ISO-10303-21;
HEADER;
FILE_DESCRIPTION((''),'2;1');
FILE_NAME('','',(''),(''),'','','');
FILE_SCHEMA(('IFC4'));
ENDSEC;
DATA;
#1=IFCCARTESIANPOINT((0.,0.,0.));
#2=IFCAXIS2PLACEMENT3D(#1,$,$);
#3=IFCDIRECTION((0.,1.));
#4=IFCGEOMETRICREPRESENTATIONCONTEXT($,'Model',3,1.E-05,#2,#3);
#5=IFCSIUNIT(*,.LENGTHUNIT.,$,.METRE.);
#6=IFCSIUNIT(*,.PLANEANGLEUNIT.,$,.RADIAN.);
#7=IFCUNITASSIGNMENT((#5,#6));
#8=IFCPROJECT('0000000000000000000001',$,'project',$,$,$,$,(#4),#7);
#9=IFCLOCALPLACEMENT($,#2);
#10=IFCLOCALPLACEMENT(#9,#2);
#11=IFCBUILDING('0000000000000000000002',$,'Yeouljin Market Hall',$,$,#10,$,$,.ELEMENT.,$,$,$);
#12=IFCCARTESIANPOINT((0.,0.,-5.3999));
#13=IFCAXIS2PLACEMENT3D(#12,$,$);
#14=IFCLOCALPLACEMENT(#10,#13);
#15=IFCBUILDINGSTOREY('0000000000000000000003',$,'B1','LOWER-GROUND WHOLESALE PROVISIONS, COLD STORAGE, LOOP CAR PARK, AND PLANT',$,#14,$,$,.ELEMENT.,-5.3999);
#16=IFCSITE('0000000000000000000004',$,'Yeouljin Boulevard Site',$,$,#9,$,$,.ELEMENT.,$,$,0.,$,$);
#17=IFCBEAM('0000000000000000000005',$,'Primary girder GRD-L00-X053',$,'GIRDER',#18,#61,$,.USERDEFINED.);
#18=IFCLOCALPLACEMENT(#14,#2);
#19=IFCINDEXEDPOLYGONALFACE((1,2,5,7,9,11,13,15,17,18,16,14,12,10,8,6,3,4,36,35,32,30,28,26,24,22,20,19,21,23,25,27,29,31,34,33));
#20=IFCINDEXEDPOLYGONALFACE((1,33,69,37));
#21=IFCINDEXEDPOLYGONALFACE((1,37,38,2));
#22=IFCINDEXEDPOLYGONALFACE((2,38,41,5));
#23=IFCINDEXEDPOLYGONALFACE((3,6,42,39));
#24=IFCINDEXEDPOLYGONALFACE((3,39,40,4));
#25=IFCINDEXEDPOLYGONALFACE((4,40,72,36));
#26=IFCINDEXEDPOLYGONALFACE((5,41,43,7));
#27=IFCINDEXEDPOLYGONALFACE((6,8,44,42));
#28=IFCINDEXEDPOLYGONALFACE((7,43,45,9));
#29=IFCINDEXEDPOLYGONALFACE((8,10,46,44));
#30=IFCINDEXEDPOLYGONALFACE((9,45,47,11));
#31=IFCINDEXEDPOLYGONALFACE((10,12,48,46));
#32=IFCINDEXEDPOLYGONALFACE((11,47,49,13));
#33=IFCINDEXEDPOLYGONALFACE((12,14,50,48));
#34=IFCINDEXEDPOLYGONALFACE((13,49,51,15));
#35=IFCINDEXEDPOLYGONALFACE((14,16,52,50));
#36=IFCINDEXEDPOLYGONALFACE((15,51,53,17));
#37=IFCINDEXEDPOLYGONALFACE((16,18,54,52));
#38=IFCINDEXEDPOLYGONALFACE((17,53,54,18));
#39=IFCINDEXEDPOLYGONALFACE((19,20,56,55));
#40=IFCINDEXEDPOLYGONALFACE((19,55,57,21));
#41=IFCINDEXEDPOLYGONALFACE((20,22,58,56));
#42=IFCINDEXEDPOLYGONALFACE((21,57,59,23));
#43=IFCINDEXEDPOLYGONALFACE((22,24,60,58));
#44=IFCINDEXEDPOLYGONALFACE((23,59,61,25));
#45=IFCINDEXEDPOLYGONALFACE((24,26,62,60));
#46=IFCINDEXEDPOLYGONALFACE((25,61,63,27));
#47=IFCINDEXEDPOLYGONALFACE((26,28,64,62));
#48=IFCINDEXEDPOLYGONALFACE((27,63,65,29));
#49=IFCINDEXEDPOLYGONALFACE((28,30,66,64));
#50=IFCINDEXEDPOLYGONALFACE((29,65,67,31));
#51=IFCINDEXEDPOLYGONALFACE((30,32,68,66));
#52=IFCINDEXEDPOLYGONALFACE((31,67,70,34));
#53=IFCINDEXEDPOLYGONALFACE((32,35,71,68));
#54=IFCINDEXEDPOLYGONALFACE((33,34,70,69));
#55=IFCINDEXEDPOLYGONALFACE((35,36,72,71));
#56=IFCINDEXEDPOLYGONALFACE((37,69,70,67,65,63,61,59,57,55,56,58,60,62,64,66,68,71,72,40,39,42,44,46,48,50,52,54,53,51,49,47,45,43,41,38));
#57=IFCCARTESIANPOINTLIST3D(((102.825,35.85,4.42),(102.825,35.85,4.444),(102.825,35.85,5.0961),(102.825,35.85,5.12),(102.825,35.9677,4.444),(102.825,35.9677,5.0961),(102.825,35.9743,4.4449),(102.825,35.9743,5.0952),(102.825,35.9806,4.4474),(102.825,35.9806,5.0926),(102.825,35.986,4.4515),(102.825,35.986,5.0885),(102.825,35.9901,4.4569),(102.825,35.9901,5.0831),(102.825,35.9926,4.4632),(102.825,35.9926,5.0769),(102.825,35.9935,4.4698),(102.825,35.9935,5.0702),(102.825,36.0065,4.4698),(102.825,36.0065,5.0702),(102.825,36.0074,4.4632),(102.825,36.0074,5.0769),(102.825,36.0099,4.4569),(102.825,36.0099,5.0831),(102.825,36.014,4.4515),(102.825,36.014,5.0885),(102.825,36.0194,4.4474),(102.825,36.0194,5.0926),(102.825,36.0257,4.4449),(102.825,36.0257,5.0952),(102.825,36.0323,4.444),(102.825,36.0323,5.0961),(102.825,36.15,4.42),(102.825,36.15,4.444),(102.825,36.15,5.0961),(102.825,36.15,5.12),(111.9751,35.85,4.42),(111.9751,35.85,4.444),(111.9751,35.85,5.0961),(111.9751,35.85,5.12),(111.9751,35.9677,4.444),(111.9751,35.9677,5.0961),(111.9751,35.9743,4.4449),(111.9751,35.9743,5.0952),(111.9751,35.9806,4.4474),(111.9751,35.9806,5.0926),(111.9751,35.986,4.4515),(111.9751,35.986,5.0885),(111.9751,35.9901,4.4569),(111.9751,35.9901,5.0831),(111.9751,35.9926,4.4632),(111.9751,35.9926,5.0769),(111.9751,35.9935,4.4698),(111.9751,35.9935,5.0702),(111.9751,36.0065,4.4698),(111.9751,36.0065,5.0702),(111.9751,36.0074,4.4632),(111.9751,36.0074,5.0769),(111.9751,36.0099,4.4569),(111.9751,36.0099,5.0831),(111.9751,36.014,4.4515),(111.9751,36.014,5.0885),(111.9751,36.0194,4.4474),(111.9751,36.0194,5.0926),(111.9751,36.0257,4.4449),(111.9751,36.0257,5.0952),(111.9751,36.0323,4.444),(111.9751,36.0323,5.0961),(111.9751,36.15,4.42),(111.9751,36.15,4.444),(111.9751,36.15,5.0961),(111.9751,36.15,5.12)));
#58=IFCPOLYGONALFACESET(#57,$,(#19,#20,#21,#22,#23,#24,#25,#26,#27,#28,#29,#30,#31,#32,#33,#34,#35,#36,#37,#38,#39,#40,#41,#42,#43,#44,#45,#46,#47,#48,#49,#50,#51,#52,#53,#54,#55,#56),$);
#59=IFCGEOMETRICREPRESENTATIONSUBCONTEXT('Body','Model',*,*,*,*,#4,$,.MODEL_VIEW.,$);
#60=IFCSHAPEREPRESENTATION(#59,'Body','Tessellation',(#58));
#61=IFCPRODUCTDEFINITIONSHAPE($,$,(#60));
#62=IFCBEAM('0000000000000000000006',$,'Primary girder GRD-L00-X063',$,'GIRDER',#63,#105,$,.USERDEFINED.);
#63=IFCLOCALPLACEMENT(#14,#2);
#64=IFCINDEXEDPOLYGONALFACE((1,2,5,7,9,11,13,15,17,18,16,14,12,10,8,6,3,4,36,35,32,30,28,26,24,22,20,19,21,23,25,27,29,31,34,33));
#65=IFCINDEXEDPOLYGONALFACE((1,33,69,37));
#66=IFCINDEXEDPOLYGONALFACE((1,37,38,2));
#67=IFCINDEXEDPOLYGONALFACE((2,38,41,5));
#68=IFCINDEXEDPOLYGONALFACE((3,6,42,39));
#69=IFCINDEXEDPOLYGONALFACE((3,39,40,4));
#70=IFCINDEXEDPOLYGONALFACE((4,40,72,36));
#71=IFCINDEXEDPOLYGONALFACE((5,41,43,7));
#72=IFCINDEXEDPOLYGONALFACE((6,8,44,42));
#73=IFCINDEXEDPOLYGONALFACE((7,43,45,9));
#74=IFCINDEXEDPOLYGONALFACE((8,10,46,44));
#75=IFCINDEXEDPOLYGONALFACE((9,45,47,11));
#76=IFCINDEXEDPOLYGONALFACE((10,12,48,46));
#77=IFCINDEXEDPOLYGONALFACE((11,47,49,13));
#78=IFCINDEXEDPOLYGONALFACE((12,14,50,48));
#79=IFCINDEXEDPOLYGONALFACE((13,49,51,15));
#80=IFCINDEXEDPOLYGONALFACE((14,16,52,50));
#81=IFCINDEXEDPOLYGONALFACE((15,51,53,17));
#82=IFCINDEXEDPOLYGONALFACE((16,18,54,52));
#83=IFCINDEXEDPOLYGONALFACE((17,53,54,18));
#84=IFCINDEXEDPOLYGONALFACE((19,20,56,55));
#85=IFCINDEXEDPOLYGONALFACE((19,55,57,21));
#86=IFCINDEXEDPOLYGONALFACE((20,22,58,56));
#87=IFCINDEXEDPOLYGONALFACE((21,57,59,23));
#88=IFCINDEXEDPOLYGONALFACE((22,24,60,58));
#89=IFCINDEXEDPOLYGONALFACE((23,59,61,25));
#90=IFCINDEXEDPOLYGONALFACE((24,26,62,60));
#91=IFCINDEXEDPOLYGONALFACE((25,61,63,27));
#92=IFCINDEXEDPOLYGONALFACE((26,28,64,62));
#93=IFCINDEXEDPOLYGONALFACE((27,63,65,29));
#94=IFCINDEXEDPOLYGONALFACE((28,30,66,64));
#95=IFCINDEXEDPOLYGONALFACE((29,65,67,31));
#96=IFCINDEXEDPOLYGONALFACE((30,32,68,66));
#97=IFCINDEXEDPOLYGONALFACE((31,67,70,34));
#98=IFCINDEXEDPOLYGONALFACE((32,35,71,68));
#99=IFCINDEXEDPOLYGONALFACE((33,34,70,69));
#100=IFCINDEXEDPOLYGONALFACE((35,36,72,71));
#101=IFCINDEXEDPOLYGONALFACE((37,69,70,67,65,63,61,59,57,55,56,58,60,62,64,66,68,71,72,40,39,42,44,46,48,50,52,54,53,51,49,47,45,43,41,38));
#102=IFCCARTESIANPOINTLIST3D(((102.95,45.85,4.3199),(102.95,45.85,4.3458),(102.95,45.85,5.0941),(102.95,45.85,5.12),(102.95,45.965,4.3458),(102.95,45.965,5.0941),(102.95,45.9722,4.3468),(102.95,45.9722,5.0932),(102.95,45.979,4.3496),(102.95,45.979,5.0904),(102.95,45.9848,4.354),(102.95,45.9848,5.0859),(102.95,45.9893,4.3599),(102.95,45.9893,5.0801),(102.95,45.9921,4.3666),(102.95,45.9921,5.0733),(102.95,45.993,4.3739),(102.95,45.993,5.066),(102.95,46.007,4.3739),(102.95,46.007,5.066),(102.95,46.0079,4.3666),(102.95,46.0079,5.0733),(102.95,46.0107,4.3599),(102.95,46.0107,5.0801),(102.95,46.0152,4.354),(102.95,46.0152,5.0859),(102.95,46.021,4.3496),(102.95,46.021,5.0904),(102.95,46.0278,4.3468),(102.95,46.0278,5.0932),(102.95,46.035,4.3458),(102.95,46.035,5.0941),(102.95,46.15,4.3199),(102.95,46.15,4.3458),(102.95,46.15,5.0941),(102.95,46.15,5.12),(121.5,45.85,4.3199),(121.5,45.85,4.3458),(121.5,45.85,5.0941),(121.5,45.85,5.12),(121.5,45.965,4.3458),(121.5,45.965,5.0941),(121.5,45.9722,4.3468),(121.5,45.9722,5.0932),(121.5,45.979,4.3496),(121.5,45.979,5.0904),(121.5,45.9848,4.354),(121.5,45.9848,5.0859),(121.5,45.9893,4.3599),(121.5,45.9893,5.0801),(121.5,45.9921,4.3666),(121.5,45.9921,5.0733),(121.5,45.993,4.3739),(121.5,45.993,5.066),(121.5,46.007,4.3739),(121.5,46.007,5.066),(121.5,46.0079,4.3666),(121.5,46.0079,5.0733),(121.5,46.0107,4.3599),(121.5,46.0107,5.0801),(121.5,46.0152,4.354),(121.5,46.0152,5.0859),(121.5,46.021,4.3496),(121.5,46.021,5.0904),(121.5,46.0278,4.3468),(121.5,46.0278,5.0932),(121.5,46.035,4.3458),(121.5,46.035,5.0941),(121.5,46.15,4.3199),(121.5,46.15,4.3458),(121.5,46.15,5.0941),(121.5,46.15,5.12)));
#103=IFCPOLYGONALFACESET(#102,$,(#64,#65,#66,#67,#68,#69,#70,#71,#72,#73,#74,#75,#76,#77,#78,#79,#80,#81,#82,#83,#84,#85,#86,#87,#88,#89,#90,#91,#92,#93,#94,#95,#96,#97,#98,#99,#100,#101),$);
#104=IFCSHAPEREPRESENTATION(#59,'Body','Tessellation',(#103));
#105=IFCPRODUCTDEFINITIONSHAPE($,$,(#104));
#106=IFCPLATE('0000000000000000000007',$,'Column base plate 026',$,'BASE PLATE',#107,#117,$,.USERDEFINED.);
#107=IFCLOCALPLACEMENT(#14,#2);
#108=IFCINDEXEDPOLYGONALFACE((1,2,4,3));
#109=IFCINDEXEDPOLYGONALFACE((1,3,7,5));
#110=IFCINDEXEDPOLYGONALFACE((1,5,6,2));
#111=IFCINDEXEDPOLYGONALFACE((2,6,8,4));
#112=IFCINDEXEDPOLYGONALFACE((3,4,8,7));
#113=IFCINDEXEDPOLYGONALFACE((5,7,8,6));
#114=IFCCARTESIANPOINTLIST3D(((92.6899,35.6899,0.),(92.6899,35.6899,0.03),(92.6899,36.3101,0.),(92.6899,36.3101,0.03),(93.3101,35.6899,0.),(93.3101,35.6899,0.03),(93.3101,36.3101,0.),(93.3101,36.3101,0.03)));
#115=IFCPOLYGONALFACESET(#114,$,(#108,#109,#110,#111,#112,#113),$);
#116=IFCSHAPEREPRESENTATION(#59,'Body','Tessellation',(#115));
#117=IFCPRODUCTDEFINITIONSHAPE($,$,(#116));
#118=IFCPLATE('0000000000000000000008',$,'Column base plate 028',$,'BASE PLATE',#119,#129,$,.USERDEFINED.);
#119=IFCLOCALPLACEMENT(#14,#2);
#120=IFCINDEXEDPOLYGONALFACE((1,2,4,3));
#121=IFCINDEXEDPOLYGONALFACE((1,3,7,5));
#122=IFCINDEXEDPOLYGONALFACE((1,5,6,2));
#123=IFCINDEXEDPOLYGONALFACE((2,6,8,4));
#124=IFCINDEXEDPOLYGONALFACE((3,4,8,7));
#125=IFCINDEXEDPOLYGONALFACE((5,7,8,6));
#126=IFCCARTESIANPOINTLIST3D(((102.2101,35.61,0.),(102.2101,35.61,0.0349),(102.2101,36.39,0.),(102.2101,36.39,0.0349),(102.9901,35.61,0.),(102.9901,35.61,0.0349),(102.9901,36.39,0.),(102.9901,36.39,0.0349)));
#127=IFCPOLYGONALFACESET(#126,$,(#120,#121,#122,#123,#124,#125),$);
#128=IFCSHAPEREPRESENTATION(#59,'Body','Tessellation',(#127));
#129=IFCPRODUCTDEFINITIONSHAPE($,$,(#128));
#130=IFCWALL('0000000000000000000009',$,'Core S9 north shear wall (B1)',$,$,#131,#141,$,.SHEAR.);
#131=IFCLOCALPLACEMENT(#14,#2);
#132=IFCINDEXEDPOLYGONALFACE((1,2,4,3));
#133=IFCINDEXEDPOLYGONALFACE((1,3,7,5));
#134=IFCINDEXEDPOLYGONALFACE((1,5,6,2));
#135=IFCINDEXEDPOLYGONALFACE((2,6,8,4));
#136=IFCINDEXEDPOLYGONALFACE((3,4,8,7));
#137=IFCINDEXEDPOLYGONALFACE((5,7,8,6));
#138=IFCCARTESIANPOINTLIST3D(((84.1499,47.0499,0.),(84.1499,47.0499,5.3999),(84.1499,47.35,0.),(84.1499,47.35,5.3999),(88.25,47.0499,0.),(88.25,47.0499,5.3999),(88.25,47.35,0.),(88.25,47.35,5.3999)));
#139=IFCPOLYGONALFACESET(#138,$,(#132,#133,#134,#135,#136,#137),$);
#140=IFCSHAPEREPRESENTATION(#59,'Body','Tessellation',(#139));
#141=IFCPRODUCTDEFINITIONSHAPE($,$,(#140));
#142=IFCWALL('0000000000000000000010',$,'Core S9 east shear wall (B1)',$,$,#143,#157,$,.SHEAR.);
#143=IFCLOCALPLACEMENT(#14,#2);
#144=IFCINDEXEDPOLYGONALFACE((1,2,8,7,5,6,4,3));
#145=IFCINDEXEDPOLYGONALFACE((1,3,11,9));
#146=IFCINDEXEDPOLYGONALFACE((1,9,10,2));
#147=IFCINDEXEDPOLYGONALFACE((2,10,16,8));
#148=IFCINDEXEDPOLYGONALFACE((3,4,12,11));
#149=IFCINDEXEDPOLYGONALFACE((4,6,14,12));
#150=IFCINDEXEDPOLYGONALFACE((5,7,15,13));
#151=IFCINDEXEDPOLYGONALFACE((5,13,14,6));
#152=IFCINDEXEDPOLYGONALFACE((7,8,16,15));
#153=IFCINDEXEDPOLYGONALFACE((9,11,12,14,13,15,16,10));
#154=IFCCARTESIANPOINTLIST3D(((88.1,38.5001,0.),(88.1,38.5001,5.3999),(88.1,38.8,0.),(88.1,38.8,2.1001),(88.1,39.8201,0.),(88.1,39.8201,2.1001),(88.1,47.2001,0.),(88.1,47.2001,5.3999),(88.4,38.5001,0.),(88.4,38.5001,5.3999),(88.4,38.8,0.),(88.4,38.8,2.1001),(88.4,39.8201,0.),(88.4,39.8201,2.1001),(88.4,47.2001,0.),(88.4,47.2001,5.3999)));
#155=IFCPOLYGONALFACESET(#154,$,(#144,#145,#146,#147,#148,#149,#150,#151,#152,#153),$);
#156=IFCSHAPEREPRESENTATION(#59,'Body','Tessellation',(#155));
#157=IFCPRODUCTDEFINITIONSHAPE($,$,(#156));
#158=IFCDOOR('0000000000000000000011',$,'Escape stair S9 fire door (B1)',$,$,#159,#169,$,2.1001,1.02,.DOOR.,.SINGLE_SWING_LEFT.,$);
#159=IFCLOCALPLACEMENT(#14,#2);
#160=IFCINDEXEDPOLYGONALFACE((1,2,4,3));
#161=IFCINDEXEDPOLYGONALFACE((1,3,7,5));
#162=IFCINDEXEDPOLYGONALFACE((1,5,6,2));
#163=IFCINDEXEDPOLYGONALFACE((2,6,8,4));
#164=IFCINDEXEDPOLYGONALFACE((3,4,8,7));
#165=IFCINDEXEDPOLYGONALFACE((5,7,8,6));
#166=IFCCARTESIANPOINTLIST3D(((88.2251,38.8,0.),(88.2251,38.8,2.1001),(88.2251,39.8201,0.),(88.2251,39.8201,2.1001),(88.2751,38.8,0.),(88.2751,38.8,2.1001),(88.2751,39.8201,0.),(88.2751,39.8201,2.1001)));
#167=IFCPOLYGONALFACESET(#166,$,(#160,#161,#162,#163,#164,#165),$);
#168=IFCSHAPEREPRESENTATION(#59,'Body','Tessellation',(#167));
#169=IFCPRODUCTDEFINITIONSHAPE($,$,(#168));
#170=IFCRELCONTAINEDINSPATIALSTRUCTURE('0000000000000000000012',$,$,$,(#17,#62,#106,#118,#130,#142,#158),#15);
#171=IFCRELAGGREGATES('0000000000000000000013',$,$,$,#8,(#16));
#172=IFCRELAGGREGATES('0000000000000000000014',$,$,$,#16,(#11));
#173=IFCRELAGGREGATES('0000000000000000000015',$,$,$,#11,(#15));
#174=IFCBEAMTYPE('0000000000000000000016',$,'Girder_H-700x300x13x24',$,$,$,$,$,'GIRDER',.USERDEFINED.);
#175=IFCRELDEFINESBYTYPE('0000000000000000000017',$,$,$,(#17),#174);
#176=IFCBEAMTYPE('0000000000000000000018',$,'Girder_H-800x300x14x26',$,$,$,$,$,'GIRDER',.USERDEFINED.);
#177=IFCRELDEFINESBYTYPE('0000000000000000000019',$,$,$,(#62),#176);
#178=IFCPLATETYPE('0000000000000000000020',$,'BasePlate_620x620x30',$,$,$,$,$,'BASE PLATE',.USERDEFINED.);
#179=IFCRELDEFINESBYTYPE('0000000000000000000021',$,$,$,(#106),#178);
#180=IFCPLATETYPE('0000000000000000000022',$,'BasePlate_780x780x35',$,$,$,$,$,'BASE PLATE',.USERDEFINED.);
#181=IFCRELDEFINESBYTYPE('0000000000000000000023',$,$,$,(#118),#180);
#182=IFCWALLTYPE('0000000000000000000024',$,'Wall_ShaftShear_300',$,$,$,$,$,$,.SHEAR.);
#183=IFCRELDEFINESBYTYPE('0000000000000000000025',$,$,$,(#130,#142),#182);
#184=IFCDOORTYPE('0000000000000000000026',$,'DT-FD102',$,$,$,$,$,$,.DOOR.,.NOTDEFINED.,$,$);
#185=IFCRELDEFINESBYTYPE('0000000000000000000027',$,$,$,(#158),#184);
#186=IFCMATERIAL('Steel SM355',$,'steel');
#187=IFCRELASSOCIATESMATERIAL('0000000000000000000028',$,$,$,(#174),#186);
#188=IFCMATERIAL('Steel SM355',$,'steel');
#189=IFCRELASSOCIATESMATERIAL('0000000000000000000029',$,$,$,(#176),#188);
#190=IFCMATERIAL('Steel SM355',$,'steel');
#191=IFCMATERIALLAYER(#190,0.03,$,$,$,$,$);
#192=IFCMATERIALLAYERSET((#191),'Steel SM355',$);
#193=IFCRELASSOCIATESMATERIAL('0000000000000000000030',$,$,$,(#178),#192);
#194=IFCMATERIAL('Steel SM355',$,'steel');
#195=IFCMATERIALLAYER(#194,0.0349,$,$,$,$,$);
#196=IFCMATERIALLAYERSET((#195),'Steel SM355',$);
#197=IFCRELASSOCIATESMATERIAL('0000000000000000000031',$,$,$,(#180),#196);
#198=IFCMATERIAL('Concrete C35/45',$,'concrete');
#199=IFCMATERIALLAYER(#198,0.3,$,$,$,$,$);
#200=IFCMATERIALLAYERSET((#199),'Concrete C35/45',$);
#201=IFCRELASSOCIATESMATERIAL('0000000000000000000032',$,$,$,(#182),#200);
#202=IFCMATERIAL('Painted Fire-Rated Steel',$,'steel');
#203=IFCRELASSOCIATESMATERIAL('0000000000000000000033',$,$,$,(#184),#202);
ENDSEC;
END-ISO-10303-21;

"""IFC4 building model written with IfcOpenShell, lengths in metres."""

from ifc_helpers import new_model, si_unit, direction, frame, frame_2d, origin, origin_2d, place, context, subcontext, project, spatial, rectangle, i_section, extrude, material, layer, layer_set, material_profile, profile_set, type_object, element, fill, save


model = new_model("IFC4")

# Units and contexts
model_context = context("Model", 3, precision=1e-05, world=origin(), true_north=direction((0.0, 1.0)))
body_context = subcontext(model_context, "Body", "Model", "MODEL_VIEW")
ifc_project = project(units=[si_unit("LENGTHUNIT", "METRE"), si_unit("PLANEANGLEUNIT", "RADIAN")], contexts=[model_context])

# Site, building, storey
site_placement = place(None, origin())
site = spatial("IfcSite", under=ifc_project, at=site_placement, Name="Yeouljin Boulevard Site", CompositionType="ELEMENT", RefElevation=0.0)
building_placement = place(site_placement, origin())
building = spatial("IfcBuilding", under=site, at=building_placement, Name="Yeouljin Market Hall", CompositionType="ELEMENT")
storey_placement = place(building_placement, frame((0.0, 0.0, -5.3999)))
storey = spatial("IfcBuildingStorey", under=building, at=storey_placement, Name="B1", Description="LOWER-GROUND WHOLESALE PROVISIONS, COLD STORAGE, LOOP CAR PARK, AND PLANT", CompositionType="ELEMENT", Elevation=-5.3999)

# Beams
ifc_material_1 = material(Name="Steel SM355", Category="steel")
ifc_material_profile_1 = material_profile(ifc_material_1, i_section(OverallWidth=0.3, OverallDepth=0.7, WebThickness=0.0129, FlangeThickness=0.0239, FilletRadius=0.0259, at=origin_2d()), Name="H-700x300x13x24")
ifc_profile_set_1 = profile_set([ifc_material_profile_1], Name="Steel SM355")
beam_type_1 = type_object("IfcBeamType", Name="Girder_H-700x300x13x24", ElementType="GIRDER", PredefinedType="USERDEFINED", material=ifc_profile_set_1)
beam_1_placement = place(storey_placement, frame((102.825, 36.0, 4.77), z_axis=(1.0, 0.0, 0.0), x_axis=(0.0, 1.0, 0.0)))
element("IfcBeam", 1, at=beam_1_placement, inside=storey, type_object=beam_type_1, Name="Primary girder GRD-L00-X053", ObjectType="GIRDER", PredefinedType="USERDEFINED", context=body_context, shape_type="SweptSolid", body=[
    extrude(i_section(OverallWidth=0.3, OverallDepth=0.7, WebThickness=0.0129, FlangeThickness=0.0239, FilletRadius=0.0259, at=origin_2d()), origin(), (0.0, 0.0, 1.0), 9.1501),
])
ifc_material_2 = material(Name="Steel SM355", Category="steel")
ifc_material_profile_2 = material_profile(ifc_material_2, i_section(OverallWidth=0.3, OverallDepth=0.8, WebThickness=0.0139, FlangeThickness=0.0259, FilletRadius=0.0281, at=origin_2d()), Name="H-800x300x14x26")
ifc_profile_set_2 = profile_set([ifc_material_profile_2], Name="Steel SM355")
beam_type_2 = type_object("IfcBeamType", Name="Girder_H-800x300x14x26", ElementType="GIRDER", PredefinedType="USERDEFINED", material=ifc_profile_set_2)
beam_2_placement = place(storey_placement, frame((102.95, 46.0, 4.72), z_axis=(1.0, 0.0, 0.0), x_axis=(0.0, 1.0, 0.0)))
element("IfcBeam", 2, at=beam_2_placement, inside=storey, type_object=beam_type_2, Name="Primary girder GRD-L00-X063", ObjectType="GIRDER", PredefinedType="USERDEFINED", context=body_context, shape_type="SweptSolid", body=[
    extrude(i_section(OverallWidth=0.3, OverallDepth=0.8, WebThickness=0.0139, FlangeThickness=0.0259, FilletRadius=0.0281, at=origin_2d()), origin(), (0.0, 0.0, 1.0), 18.55),
])

# Plates
ifc_material_3 = material(Name="Steel SM355", Category="steel")
ifc_layer_1 = layer(ifc_material_3, 0.03)
ifc_layer_set_1 = layer_set([ifc_layer_1], Name="Steel SM355")
plate_type_1 = type_object("IfcPlateType", Name="BasePlate_620x620x30", ElementType="BASE PLATE", PredefinedType="USERDEFINED", material=ifc_layer_set_1)
plate_1_placement = place(storey_placement, frame((93.0, 36.0, 0.0), z_axis=(0.0, 0.0, 1.0), x_axis=(1.0, 0.0, 0.0)))
element("IfcPlate", 3, at=plate_1_placement, inside=storey, type_object=plate_type_1, Name="Column base plate 026", ObjectType="BASE PLATE", PredefinedType="USERDEFINED", context=body_context, shape_type="SweptSolid", body=[
    extrude(rectangle(XDim=0.6201, YDim=0.6201, at=origin_2d()), origin(), (0.0, 0.0, 1.0), 0.03),
])
ifc_material_4 = material(Name="Steel SM355", Category="steel")
ifc_layer_2 = layer(ifc_material_4, 0.0349)
ifc_layer_set_2 = layer_set([ifc_layer_2], Name="Steel SM355")
plate_type_2 = type_object("IfcPlateType", Name="BasePlate_780x780x35", ElementType="BASE PLATE", PredefinedType="USERDEFINED", material=ifc_layer_set_2)
plate_2_placement = place(storey_placement, frame((102.6001, 36.0, 0.0), z_axis=(0.0, 0.0, 1.0), x_axis=(1.0, 0.0, 0.0)))
element("IfcPlate", 4, at=plate_2_placement, inside=storey, type_object=plate_type_2, Name="Column base plate 028", ObjectType="BASE PLATE", PredefinedType="USERDEFINED", context=body_context, shape_type="SweptSolid", body=[
    extrude(rectangle(XDim=0.78, YDim=0.78, at=origin_2d()), origin(), (0.0, 0.0, 1.0), 0.0349),
])

# Wall
ifc_material_5 = material(Name="Concrete C35/45", Category="concrete")
ifc_layer_3 = layer(ifc_material_5, 0.3)
ifc_layer_set_3 = layer_set([ifc_layer_3], Name="Concrete C35/45")
wall_type = type_object("IfcWallType", Name="Wall_ShaftShear_300", PredefinedType="SHEAR", material=ifc_layer_set_3)
wall_1_placement = place(storey_placement, frame((88.25, 47.2, 0.0), z_axis=(0.0, 0.0, 1.0), x_axis=(-1.0, 0.0, 0.0)))
element("IfcWall", 5, at=wall_1_placement, inside=storey, type_object=wall_type, Name="Core S9 north shear wall (B1)", PredefinedType="SHEAR", context=body_context, shape_type="SweptSolid", body=[
    extrude(rectangle(XDim=4.1001, YDim=0.3, at=frame_2d((2.05, 0.0))), origin(), (0.0, 0.0, 1.0), 5.3999),
])

# Wall, opening, door
wall_2_placement = place(storey_placement, frame((88.25, 38.5, 0.0), z_axis=(0.0, 0.0, 1.0), x_axis=(0.0, 1.0, 0.0)))
wall_2 = element("IfcWall", 6, at=wall_2_placement, inside=storey, type_object=wall_type, Name="Core S9 east shear wall (B1)", PredefinedType="SHEAR", context=body_context, shape_type="SweptSolid", body=[
    extrude(rectangle(XDim=8.7, YDim=0.3, at=frame_2d((4.3501, 0.0))), origin(), (0.0, 0.0, 1.0), 5.3999),
])
opening_placement = place(wall_2_placement, frame((0.3, 0.0, 0.0)))
opening = element("IfcOpeningElement", 7, at=opening_placement, cuts=wall_2, PredefinedType="OPENING", context=body_context, shape_type="SweptSolid", body=[
    extrude(rectangle(XDim=1.02, YDim=2.1001, at=frame_2d((0.51, 1.05))), frame((0.0, 0.1599, 0.0), z_axis=(0.0, -1.0, 0.0), x_axis=(1.0, 0.0, 0.0)), (0.0, 0.0, 1.0), 0.3201),
])
ifc_material_6 = material(Name="Painted Fire-Rated Steel", Category="steel")
door_type = type_object("IfcDoorType", Name="DT-FD102", OperationType="NOTDEFINED", PredefinedType="DOOR", material=ifc_material_6)
door_placement = place(opening_placement, origin())
door = element("IfcDoor", 8, at=door_placement, inside=storey, type_object=door_type, Name="Escape stair S9 fire door (B1)", OperationType="SINGLE_SWING_LEFT", OverallHeight=2.1001, OverallWidth=1.02, PredefinedType="DOOR", context=body_context, shape_type="SweptSolid", body=[
    extrude(rectangle(XDim=1.02, YDim=2.1001, at=frame_2d((0.51, 1.05))), frame((0.0, 0.0249, 0.0), z_axis=(0.0, -1.0, 0.0), x_axis=(1.0, 0.0, 0.0)), (0.0, 0.0, 1.0), 0.05),
])
fill(opening, door)

save(model, "model.ifc")
